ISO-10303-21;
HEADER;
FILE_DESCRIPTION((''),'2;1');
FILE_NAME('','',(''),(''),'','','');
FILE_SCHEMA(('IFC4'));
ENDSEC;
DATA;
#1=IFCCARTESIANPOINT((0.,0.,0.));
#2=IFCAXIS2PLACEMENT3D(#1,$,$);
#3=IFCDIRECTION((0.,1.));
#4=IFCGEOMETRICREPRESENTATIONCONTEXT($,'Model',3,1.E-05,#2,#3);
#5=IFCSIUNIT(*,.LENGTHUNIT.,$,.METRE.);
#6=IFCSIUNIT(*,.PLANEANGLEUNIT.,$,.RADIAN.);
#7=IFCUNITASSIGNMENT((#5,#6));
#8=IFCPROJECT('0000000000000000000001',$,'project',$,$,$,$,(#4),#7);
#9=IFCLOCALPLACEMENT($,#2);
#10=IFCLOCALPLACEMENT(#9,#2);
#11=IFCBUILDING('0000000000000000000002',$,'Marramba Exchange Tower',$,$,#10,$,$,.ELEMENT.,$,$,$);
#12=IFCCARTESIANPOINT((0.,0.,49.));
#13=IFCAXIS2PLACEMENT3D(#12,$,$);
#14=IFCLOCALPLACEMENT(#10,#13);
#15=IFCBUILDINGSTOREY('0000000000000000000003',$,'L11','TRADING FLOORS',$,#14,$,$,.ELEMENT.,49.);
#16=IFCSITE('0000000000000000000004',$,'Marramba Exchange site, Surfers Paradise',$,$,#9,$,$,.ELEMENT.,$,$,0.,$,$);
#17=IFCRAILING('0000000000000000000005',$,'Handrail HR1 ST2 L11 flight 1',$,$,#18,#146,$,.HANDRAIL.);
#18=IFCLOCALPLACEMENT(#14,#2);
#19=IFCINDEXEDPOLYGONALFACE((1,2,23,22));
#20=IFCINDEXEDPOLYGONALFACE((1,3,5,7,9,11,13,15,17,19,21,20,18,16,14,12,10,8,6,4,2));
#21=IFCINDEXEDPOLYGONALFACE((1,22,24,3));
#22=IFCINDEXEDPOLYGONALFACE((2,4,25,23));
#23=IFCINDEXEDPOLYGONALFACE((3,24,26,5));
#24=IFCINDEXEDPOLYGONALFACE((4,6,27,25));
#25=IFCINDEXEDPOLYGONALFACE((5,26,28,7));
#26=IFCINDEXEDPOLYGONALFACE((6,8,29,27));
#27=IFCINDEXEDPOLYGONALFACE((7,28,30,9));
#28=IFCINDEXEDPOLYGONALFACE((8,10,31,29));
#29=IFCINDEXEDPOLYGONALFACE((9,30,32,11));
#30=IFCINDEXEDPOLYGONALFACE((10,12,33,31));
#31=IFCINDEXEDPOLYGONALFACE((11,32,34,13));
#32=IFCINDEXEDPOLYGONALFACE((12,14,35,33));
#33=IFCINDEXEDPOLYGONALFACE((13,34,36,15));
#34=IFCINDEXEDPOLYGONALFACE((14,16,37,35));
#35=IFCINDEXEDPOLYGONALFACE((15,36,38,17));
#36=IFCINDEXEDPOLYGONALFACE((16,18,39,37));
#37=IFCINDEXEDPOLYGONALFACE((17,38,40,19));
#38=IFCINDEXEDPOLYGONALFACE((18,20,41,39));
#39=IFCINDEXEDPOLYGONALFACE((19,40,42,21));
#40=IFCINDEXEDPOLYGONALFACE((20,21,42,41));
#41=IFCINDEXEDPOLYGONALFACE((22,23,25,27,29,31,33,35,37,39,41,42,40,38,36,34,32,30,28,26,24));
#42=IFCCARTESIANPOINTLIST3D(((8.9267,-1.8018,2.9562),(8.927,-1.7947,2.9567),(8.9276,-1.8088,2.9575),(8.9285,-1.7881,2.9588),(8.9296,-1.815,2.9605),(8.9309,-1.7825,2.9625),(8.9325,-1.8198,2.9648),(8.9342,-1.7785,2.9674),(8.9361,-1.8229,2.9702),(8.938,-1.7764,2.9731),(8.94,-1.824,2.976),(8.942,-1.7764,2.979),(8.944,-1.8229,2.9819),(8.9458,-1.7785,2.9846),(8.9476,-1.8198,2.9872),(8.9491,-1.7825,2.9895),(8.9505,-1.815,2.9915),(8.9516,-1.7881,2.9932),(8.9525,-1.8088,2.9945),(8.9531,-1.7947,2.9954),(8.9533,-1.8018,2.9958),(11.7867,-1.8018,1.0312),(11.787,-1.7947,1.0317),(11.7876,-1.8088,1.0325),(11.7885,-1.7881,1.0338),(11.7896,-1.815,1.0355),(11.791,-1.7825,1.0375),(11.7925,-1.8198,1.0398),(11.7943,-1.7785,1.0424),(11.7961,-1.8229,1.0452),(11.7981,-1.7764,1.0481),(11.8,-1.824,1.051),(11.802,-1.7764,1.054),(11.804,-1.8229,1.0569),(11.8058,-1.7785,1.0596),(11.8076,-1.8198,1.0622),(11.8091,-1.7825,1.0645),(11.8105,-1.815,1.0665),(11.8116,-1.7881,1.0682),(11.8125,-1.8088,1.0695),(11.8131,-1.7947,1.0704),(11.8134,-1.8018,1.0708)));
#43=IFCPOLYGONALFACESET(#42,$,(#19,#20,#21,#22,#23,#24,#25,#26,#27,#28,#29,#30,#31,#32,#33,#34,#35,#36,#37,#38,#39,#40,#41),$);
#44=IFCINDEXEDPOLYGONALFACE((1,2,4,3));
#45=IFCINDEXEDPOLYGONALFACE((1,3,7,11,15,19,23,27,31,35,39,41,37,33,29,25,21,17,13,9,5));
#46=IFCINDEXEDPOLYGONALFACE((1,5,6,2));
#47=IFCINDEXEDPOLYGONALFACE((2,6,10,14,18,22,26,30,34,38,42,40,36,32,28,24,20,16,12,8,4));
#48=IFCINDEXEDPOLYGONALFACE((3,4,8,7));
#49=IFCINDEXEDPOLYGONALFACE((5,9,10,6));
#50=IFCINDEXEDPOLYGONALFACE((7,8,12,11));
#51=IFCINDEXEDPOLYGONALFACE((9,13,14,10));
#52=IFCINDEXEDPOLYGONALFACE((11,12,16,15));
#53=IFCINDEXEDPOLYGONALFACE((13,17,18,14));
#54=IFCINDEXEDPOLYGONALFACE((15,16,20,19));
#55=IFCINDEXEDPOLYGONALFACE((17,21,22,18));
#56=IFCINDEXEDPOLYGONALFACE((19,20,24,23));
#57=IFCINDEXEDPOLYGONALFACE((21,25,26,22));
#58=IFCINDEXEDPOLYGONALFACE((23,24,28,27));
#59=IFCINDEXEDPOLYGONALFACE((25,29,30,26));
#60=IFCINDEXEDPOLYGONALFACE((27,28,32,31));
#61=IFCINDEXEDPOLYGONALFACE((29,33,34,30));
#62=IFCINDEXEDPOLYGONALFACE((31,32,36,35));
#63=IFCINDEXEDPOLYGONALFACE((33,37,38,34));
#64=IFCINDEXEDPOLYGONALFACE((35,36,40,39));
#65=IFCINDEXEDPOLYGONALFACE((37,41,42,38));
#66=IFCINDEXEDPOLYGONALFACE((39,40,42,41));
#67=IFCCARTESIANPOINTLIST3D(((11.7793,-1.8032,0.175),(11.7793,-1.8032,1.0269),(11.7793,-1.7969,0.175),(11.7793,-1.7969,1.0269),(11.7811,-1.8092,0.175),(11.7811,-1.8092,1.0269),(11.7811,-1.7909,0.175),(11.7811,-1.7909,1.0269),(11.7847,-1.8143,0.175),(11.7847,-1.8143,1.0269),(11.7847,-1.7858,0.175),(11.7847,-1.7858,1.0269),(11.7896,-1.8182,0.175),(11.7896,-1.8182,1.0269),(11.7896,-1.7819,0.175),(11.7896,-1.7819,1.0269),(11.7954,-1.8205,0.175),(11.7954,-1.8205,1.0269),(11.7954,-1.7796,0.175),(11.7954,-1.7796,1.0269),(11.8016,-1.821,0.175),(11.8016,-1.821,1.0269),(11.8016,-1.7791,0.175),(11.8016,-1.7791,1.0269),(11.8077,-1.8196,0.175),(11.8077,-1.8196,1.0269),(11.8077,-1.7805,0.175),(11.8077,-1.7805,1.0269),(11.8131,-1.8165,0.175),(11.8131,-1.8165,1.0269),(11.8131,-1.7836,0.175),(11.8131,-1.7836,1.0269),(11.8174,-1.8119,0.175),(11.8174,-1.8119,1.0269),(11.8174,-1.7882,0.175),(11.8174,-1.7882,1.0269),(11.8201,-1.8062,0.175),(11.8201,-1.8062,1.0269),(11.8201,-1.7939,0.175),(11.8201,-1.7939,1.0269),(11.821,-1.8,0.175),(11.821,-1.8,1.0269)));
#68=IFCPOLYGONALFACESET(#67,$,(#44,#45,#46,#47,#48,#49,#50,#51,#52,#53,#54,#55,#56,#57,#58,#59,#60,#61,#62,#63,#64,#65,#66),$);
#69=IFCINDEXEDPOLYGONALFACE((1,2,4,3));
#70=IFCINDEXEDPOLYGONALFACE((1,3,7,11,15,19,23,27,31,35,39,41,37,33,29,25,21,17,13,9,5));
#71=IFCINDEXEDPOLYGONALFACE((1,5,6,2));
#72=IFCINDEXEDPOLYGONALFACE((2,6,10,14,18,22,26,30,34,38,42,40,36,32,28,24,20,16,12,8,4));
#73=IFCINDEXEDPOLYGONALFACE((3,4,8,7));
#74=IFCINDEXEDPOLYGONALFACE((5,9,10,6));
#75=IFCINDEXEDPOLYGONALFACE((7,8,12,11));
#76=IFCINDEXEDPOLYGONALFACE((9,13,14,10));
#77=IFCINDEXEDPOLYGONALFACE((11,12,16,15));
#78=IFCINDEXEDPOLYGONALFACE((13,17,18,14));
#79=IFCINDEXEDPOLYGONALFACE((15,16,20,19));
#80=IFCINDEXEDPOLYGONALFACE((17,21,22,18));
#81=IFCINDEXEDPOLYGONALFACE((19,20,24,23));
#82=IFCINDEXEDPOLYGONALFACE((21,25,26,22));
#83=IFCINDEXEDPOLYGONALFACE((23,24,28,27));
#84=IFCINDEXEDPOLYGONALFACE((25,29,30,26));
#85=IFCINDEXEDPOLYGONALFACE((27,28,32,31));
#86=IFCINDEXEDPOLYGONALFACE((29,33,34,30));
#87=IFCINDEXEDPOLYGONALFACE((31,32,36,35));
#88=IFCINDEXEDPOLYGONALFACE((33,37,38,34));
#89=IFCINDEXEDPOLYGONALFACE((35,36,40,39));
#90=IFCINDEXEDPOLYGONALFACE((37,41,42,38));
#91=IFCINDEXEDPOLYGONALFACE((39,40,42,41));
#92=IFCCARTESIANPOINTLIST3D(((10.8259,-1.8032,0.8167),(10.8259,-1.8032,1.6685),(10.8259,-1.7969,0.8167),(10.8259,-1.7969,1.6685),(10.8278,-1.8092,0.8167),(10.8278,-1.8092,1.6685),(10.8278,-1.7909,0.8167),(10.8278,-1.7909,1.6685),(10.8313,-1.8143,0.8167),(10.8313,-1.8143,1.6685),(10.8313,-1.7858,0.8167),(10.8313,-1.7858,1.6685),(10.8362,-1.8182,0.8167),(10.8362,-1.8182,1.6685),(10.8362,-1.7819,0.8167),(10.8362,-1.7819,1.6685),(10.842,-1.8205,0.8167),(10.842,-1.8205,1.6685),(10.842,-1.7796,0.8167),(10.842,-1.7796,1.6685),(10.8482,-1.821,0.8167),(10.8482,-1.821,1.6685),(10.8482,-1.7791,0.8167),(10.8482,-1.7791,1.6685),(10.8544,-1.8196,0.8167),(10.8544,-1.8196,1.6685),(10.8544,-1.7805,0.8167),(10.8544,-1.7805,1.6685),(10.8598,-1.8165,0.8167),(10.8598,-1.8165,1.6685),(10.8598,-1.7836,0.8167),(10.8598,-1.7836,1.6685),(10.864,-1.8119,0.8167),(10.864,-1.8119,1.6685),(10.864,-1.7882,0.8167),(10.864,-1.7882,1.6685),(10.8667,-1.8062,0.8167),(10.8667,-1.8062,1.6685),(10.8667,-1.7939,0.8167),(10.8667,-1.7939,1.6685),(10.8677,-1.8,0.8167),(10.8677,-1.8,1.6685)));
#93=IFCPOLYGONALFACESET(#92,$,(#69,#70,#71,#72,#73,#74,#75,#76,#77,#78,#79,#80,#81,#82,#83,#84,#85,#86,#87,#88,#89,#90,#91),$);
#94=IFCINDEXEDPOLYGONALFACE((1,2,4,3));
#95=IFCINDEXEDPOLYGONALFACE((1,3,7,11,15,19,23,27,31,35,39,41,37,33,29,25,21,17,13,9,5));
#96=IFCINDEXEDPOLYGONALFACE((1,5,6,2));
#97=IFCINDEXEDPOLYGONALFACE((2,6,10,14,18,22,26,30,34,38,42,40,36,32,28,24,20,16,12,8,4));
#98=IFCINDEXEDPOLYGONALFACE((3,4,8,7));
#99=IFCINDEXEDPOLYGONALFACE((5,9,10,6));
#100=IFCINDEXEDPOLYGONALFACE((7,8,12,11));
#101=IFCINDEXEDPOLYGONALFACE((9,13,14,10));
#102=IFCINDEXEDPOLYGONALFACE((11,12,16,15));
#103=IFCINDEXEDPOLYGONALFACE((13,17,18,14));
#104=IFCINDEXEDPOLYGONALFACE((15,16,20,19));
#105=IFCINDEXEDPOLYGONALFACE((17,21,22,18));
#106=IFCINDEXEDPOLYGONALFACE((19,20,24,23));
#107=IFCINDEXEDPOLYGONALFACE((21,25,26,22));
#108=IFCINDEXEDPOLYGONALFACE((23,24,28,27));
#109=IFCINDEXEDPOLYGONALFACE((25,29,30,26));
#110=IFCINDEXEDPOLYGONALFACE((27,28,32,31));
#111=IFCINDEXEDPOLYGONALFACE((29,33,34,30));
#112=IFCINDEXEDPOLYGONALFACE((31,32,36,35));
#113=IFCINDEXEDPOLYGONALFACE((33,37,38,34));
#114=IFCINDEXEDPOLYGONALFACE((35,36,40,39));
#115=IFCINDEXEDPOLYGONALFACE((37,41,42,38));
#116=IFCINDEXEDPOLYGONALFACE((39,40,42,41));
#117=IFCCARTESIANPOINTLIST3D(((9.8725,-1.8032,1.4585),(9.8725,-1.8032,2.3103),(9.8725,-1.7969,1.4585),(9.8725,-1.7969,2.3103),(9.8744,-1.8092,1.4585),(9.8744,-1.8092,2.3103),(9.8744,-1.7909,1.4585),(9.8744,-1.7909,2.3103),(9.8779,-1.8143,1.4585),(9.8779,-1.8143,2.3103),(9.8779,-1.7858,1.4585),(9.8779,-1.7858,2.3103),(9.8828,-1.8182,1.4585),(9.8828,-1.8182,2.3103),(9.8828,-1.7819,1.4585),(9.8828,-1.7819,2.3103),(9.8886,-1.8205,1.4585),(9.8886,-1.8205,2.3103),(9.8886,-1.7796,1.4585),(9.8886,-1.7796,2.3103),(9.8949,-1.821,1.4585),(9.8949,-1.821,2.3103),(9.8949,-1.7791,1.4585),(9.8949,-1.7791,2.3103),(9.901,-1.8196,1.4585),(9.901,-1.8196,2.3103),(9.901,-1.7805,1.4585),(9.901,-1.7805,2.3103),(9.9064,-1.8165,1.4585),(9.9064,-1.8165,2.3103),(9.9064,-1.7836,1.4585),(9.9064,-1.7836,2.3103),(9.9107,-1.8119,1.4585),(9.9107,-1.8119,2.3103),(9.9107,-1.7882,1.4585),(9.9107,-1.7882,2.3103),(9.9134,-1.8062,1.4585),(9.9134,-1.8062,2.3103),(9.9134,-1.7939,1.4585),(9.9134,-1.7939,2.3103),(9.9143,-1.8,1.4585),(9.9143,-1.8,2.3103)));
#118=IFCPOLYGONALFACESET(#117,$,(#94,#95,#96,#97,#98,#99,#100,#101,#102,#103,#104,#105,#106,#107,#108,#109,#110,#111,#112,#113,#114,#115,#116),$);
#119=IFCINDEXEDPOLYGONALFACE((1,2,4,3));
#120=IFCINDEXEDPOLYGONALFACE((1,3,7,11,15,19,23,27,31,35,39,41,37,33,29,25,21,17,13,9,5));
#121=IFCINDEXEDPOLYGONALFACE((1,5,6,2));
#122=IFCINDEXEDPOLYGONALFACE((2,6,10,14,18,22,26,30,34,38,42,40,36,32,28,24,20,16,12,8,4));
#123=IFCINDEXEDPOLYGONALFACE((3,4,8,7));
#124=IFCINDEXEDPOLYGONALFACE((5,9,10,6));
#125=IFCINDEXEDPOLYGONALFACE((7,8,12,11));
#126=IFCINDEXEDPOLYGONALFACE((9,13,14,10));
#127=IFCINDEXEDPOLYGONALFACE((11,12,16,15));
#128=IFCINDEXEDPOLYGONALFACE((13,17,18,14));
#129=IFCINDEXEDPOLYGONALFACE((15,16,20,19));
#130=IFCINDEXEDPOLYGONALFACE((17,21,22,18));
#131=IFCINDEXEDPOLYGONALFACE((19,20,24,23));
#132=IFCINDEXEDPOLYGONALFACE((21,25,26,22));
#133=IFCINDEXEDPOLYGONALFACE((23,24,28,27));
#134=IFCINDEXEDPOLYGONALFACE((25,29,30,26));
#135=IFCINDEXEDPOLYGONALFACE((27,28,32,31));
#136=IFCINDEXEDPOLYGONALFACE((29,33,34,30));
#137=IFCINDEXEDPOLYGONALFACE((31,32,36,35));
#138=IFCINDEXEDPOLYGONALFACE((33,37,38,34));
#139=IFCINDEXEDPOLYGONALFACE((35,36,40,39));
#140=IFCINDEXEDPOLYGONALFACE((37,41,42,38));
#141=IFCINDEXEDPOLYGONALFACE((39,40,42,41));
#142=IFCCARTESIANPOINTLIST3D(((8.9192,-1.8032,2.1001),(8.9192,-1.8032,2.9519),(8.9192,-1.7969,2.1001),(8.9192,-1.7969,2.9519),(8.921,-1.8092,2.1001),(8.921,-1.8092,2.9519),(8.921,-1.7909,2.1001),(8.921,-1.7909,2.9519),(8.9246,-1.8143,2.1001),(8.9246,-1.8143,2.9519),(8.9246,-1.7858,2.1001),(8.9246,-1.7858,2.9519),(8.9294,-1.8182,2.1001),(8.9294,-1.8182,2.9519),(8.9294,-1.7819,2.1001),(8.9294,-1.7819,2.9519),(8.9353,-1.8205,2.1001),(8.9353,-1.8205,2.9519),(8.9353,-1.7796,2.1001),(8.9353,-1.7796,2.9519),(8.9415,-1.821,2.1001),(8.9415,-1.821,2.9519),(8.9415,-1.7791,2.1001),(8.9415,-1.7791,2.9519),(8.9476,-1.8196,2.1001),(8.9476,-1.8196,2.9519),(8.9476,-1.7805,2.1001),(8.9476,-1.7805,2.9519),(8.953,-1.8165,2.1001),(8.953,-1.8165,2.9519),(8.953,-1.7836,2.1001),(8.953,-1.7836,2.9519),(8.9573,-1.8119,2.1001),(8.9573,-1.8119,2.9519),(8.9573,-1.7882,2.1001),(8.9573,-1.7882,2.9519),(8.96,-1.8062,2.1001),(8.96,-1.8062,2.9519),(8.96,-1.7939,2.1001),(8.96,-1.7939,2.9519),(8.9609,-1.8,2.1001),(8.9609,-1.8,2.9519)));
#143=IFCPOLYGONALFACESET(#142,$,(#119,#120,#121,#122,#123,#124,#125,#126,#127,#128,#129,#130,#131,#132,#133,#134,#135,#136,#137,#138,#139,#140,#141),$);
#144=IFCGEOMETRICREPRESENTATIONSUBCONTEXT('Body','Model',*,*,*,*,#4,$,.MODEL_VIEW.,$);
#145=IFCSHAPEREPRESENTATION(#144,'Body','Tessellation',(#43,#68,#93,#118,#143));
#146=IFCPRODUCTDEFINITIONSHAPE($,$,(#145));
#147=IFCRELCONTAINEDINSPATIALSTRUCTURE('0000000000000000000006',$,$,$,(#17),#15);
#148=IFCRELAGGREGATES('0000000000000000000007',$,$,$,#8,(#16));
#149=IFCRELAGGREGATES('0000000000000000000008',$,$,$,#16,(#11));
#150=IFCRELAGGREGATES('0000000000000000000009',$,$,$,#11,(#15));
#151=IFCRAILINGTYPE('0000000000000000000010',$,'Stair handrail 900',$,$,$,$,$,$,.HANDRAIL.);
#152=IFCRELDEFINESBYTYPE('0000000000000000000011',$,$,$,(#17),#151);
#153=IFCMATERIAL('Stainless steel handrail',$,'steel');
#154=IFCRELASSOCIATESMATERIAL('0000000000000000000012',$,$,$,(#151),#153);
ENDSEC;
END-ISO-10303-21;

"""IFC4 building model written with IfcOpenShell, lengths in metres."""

from ifc_helpers import new_model, si_unit, direction, frame, origin, origin_2d, place, context, subcontext, project, spatial, circle, extrude, material, type_object, element, save


model = new_model("IFC4")

# Units and contexts
model_context = context("Model", 3, precision=1e-05, world=origin(), true_north=direction((0.0, 1.0)))
body_context = subcontext(model_context, "Body", "Model", "MODEL_VIEW")
ifc_project = project(units=[si_unit("LENGTHUNIT", "METRE"), si_unit("PLANEANGLEUNIT", "RADIAN")], contexts=[model_context])

# Site, building, storey
site_placement = place(None, origin())
site = spatial("IfcSite", under=ifc_project, at=site_placement, Name="Marramba Exchange site, Surfers Paradise", CompositionType="ELEMENT", RefElevation=0.0)
building_placement = place(site_placement, origin())
building = spatial("IfcBuilding", under=site, at=building_placement, Name="Marramba Exchange Tower", CompositionType="ELEMENT")
storey_placement = place(building_placement, frame((0.0, 0.0, 49.0)))
storey = spatial("IfcBuildingStorey", under=building, at=storey_placement, Name="L11", Description="TRADING FLOORS", CompositionType="ELEMENT", Elevation=49.0)

# Railing
ifc_material_1 = material(Name="Stainless steel handrail", Category="steel")
railing_type = type_object("IfcRailingType", Name="Stair handrail 900", PredefinedType="HANDRAIL", material=ifc_material_1)
railing_placement = place(storey_placement, frame((11.8, -1.8, 0.175)))
element("IfcRailing", 1, at=railing_placement, inside=storey, type_object=railing_type, Name="Handrail HR1 ST2 L11 flight 1", PredefinedType="HANDRAIL", context=body_context, shape_type="SweptSolid", body=[
    extrude(circle(Radius=0.0239, at=origin_2d()), frame((0.0, 0.0, 0.876), z_axis=(-0.829591, 0.0, 0.558372), x_axis=(0.0, -1.0, 0.0)), (0.0, 0.0, 1.0), 3.4475),
    extrude(circle(Radius=0.021, at=origin_2d()), origin(), (0.0, 0.0, 1.0), 0.8518),
    extrude(circle(Radius=0.021, at=origin_2d()), frame((-0.9534, 0.0, 0.6416)), (0.0, 0.0, 1.0), 0.8518),
    extrude(circle(Radius=0.021, at=origin_2d()), frame((-1.9067, 0.0, 1.2834)), (0.0, 0.0, 1.0), 0.8518),
    extrude(circle(Radius=0.021, at=origin_2d()), frame((-2.8601, 0.0, 1.925)), (0.0, 0.0, 1.0), 0.8518),
])

save(model, "model.ifc")
